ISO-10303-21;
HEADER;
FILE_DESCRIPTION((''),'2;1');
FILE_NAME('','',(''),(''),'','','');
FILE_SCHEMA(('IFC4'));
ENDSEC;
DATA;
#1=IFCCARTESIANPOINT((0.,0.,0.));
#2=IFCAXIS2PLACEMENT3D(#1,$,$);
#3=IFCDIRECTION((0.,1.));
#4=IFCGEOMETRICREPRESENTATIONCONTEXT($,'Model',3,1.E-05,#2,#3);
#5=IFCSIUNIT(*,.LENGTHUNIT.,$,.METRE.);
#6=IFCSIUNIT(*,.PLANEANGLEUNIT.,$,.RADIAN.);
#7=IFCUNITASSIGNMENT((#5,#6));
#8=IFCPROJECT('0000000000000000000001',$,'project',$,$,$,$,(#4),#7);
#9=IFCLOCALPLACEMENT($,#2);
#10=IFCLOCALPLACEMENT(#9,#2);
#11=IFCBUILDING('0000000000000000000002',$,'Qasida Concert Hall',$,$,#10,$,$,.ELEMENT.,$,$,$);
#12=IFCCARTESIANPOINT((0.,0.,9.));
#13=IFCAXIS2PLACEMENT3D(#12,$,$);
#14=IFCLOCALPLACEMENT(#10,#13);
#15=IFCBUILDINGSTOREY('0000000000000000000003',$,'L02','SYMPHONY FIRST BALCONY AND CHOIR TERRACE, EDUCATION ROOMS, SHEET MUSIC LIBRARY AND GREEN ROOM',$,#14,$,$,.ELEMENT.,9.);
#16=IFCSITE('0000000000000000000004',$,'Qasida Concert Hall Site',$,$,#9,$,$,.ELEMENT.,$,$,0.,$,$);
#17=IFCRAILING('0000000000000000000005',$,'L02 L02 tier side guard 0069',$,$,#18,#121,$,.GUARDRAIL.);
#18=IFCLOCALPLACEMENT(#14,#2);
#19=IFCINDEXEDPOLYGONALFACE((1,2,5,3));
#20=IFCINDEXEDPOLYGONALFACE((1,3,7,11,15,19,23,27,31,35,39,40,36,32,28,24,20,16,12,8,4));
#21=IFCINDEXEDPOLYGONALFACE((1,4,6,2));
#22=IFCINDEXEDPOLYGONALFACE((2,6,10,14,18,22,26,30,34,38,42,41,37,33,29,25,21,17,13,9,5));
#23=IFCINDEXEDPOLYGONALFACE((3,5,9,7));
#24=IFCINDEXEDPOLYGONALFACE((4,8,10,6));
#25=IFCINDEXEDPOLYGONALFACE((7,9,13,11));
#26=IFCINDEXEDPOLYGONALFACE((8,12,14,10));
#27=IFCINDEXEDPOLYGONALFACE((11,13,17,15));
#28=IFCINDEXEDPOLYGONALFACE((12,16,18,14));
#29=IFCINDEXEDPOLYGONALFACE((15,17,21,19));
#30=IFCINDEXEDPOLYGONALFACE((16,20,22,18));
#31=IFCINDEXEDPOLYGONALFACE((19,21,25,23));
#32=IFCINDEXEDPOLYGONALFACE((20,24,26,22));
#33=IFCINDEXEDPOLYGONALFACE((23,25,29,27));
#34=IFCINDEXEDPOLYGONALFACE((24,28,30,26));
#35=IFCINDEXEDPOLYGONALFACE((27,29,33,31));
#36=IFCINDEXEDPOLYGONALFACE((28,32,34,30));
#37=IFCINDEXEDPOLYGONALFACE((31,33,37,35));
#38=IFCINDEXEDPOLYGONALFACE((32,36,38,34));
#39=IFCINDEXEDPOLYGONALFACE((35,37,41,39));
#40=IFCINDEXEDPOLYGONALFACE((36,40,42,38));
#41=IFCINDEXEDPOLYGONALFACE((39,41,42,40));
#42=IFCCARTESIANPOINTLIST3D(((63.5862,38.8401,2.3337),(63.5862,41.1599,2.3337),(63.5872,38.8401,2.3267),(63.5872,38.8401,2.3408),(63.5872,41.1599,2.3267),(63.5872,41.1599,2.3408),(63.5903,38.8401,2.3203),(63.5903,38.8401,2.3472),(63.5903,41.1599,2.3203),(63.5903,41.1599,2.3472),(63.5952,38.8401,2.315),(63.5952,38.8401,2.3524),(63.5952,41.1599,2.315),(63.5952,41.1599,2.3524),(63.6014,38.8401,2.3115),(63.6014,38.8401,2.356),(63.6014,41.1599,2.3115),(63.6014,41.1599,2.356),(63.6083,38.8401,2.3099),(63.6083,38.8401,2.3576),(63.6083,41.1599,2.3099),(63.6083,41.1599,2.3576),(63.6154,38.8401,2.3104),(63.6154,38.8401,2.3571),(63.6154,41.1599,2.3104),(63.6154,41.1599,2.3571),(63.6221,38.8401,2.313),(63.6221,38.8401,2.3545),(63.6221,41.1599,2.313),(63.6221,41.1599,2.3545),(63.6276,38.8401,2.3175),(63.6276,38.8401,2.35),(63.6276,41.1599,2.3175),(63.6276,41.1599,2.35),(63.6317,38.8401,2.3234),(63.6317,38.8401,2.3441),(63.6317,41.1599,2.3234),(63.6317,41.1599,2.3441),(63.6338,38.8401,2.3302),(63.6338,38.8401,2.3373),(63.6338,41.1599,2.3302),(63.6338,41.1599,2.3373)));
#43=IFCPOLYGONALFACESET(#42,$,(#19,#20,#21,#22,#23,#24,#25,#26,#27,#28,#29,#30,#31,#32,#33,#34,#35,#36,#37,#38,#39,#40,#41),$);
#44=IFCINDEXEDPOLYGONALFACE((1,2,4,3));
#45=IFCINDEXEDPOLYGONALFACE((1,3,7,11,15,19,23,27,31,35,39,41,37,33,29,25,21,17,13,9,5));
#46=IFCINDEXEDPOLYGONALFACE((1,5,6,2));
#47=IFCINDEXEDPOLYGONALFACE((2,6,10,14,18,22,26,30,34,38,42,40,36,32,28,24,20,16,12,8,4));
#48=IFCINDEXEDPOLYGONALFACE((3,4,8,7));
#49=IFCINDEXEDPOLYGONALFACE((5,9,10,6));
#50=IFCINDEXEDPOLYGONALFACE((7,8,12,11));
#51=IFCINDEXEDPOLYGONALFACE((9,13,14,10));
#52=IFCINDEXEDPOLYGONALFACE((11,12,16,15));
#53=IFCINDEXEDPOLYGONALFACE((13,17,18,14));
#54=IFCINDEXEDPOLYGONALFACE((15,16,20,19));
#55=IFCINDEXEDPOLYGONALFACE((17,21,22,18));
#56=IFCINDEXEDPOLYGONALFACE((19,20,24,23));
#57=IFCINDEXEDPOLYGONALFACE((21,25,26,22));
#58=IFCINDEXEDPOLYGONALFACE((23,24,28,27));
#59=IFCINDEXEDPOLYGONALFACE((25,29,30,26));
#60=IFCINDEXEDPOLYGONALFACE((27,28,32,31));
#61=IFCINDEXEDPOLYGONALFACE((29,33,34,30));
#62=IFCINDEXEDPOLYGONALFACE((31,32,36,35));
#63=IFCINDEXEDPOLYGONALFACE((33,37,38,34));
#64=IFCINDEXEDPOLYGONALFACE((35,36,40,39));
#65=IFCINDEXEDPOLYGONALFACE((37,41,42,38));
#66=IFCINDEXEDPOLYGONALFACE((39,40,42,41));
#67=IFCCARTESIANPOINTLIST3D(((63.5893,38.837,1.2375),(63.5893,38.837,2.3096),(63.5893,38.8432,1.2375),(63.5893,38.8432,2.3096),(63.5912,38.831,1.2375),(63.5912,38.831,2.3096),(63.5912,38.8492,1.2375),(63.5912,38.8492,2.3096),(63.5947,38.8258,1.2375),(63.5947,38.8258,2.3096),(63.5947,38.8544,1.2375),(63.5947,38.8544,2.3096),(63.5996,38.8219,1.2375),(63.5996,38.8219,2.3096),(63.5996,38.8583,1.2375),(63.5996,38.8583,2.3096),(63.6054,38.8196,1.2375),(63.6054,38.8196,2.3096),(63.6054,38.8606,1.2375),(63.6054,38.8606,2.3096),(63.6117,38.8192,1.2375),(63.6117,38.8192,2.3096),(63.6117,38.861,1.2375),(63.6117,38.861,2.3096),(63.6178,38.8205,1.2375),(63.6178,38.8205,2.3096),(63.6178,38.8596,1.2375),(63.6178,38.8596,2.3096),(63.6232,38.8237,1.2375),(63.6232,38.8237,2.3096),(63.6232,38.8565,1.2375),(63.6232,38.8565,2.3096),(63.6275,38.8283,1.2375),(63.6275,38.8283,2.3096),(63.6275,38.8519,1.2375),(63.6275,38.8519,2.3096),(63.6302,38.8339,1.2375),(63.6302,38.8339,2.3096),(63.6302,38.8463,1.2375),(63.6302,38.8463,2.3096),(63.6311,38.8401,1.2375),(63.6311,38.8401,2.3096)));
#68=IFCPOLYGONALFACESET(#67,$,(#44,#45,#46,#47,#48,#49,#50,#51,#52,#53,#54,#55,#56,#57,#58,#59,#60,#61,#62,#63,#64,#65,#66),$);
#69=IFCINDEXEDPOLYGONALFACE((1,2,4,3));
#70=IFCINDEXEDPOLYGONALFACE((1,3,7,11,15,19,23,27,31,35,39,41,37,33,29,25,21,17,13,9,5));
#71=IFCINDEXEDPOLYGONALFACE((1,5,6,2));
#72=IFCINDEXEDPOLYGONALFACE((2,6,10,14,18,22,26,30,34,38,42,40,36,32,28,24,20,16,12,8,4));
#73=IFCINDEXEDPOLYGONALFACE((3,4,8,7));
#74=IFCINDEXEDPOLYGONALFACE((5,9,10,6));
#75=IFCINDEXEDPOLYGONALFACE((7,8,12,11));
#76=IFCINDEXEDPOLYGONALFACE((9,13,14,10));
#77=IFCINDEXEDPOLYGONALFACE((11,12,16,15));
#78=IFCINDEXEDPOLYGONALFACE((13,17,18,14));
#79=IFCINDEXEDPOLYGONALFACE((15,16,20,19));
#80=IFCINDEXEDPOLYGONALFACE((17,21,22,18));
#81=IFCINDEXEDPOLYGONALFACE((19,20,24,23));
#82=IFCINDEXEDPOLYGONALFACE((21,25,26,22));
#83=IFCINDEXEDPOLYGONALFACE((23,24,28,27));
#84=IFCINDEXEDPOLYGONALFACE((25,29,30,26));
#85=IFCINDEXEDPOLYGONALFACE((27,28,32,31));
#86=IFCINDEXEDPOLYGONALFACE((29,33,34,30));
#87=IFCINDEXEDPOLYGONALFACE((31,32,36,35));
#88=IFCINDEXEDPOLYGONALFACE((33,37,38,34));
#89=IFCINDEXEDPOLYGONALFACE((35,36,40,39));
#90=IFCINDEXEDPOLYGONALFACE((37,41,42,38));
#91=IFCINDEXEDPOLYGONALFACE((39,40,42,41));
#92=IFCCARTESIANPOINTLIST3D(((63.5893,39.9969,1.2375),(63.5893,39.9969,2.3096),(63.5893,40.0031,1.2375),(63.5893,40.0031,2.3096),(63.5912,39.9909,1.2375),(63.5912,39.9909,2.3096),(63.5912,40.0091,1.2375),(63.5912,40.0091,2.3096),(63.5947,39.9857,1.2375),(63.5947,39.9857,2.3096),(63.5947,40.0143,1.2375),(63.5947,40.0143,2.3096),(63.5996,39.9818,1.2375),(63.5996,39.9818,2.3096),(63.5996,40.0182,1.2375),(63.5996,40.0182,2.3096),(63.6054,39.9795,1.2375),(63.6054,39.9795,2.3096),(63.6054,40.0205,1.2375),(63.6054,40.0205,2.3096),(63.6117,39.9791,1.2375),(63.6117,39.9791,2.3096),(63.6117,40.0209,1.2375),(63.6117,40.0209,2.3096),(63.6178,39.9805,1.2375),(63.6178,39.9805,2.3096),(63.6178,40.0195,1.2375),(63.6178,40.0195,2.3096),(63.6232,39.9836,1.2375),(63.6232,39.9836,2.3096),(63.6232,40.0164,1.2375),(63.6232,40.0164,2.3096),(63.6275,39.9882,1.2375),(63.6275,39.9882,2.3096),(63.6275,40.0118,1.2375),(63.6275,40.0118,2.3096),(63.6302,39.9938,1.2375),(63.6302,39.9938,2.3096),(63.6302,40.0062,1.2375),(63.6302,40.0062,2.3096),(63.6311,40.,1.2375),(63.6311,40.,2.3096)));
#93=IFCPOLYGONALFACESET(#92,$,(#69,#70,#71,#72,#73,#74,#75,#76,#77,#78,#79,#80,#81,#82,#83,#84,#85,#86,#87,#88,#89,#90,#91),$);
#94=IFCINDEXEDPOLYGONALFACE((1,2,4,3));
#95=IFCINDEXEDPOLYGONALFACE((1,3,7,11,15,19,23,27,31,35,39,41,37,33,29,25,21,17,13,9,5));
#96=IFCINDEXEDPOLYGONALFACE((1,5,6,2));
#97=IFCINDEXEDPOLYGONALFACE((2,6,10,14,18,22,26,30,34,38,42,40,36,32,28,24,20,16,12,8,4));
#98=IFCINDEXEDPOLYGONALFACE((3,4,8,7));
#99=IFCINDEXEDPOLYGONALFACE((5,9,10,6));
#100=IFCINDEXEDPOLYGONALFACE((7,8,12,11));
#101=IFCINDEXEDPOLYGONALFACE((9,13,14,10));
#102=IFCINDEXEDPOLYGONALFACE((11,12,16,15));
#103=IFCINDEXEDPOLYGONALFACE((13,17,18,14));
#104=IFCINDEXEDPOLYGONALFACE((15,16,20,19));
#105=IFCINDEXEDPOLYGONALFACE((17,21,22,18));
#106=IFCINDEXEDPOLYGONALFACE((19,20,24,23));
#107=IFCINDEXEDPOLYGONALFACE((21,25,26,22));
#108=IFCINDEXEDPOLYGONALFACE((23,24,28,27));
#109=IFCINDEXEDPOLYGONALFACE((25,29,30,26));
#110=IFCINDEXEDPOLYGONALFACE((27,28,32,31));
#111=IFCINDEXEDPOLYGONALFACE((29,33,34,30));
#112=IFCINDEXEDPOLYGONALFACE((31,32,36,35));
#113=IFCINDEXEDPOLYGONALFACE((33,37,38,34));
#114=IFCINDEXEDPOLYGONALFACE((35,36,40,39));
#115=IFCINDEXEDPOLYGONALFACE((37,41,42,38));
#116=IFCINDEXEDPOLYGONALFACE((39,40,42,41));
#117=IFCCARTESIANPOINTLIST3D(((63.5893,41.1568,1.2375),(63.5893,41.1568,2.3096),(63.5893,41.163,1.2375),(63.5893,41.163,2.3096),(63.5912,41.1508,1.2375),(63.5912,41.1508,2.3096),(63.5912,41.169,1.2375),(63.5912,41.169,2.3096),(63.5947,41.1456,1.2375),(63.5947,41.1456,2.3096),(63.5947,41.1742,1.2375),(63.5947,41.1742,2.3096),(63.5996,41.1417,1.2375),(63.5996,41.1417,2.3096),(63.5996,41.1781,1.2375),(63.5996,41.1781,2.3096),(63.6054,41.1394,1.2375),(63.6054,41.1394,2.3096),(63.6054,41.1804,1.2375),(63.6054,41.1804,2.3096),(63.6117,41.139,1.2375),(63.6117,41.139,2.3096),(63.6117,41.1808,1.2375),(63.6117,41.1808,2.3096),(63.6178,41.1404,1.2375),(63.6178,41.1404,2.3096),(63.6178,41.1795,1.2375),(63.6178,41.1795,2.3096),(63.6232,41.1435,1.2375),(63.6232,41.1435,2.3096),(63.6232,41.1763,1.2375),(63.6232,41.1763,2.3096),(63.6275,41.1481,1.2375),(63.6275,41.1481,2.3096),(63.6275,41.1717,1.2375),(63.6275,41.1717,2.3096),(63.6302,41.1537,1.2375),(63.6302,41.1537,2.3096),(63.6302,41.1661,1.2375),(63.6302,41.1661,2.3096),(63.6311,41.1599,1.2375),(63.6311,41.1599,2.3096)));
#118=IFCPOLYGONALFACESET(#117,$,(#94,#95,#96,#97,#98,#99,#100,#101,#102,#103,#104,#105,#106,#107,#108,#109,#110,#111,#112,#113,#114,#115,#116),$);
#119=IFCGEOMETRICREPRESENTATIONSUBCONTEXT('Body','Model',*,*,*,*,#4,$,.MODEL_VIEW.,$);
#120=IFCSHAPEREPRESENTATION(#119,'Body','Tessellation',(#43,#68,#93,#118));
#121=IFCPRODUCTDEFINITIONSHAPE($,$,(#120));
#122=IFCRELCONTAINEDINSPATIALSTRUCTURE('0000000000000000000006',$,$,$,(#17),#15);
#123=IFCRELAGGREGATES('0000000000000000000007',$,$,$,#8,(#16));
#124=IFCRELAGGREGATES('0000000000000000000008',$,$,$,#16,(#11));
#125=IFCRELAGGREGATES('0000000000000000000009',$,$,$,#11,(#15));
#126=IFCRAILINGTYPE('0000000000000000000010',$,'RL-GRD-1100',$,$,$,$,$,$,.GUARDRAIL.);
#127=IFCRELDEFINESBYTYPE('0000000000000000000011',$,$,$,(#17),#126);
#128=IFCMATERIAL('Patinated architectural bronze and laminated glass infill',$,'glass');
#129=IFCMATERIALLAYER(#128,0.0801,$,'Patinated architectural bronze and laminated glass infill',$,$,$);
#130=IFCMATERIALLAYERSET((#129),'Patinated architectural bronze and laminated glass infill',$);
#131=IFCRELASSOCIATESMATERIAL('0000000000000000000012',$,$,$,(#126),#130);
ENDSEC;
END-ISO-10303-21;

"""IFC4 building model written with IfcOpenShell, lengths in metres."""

from ifc_helpers import new_model, si_unit, direction, frame, origin, origin_2d, place, context, subcontext, project, spatial, circle, extrude, material, layer, layer_set, type_object, element, save


model = new_model("IFC4")

# Units and contexts
model_context = context("Model", 3, precision=1e-05, world=origin(), true_north=direction((0.0, 1.0)))
body_context = subcontext(model_context, "Body", "Model", "MODEL_VIEW")
ifc_project = project(units=[si_unit("LENGTHUNIT", "METRE"), si_unit("PLANEANGLEUNIT", "RADIAN")], contexts=[model_context])

# Site, building, storey
site_placement = place(None, origin())
site = spatial("IfcSite", under=ifc_project, at=site_placement, Name="Qasida Concert Hall Site", CompositionType="ELEMENT", RefElevation=0.0)
building_placement = place(site_placement, origin())
building = spatial("IfcBuilding", under=site, at=building_placement, Name="Qasida Concert Hall", CompositionType="ELEMENT")
storey_placement = place(building_placement, frame((0.0, 0.0, 9.0)))
storey = spatial("IfcBuildingStorey", under=building, at=storey_placement, Name="L02", Description="SYMPHONY FIRST BALCONY AND CHOIR TERRACE, EDUCATION ROOMS, SHEET MUSIC LIBRARY AND GREEN ROOM", CompositionType="ELEMENT", Elevation=9.0)

# Railing
ifc_material_1 = material(Name="Patinated architectural bronze and laminated glass infill", Category="glass")
ifc_layer_1 = layer(ifc_material_1, 0.0801, Name="Patinated architectural bronze and laminated glass infill")
ifc_layer_set_1 = layer_set([ifc_layer_1], Name="Patinated architectural bronze and laminated glass infill")
railing_type_1 = type_object("IfcRailingType", Name="RL-GRD-1100", PredefinedType="GUARDRAIL", material=ifc_layer_set_1)
for number, where, name in (
    (1, (63.6101, 38.8401, 1.2375), "L02 L02 tier side guard 0069"),
):
    element("IfcRailing", number, at=place(storey_placement, frame(where)), inside=storey, type_object=railing_type_1, Name=name, PredefinedType="GUARDRAIL", context=body_context, shape_type="SweptSolid", body=[
        extrude(circle(Radius=0.0239, at=origin_2d()), frame((0.0, 0.0, 1.0962), z_axis=(0.0, 1.0, 0.0), x_axis=(-1.0, 0.0, 0.0)), (0.0, 0.0, 1.0), 2.3198),
        extrude(circle(Radius=0.021, at=origin_2d()), origin(), (0.0, 0.0, 1.0), 1.072),
        extrude(circle(Radius=0.021, at=origin_2d()), frame((0.0, 1.1599, 0.0)), (0.0, 0.0, 1.0), 1.072),
        extrude(circle(Radius=0.021, at=origin_2d()), frame((0.0, 2.3198, 0.0)), (0.0, 0.0, 1.0), 1.072),
    ])

save(model, "model.ifc")
